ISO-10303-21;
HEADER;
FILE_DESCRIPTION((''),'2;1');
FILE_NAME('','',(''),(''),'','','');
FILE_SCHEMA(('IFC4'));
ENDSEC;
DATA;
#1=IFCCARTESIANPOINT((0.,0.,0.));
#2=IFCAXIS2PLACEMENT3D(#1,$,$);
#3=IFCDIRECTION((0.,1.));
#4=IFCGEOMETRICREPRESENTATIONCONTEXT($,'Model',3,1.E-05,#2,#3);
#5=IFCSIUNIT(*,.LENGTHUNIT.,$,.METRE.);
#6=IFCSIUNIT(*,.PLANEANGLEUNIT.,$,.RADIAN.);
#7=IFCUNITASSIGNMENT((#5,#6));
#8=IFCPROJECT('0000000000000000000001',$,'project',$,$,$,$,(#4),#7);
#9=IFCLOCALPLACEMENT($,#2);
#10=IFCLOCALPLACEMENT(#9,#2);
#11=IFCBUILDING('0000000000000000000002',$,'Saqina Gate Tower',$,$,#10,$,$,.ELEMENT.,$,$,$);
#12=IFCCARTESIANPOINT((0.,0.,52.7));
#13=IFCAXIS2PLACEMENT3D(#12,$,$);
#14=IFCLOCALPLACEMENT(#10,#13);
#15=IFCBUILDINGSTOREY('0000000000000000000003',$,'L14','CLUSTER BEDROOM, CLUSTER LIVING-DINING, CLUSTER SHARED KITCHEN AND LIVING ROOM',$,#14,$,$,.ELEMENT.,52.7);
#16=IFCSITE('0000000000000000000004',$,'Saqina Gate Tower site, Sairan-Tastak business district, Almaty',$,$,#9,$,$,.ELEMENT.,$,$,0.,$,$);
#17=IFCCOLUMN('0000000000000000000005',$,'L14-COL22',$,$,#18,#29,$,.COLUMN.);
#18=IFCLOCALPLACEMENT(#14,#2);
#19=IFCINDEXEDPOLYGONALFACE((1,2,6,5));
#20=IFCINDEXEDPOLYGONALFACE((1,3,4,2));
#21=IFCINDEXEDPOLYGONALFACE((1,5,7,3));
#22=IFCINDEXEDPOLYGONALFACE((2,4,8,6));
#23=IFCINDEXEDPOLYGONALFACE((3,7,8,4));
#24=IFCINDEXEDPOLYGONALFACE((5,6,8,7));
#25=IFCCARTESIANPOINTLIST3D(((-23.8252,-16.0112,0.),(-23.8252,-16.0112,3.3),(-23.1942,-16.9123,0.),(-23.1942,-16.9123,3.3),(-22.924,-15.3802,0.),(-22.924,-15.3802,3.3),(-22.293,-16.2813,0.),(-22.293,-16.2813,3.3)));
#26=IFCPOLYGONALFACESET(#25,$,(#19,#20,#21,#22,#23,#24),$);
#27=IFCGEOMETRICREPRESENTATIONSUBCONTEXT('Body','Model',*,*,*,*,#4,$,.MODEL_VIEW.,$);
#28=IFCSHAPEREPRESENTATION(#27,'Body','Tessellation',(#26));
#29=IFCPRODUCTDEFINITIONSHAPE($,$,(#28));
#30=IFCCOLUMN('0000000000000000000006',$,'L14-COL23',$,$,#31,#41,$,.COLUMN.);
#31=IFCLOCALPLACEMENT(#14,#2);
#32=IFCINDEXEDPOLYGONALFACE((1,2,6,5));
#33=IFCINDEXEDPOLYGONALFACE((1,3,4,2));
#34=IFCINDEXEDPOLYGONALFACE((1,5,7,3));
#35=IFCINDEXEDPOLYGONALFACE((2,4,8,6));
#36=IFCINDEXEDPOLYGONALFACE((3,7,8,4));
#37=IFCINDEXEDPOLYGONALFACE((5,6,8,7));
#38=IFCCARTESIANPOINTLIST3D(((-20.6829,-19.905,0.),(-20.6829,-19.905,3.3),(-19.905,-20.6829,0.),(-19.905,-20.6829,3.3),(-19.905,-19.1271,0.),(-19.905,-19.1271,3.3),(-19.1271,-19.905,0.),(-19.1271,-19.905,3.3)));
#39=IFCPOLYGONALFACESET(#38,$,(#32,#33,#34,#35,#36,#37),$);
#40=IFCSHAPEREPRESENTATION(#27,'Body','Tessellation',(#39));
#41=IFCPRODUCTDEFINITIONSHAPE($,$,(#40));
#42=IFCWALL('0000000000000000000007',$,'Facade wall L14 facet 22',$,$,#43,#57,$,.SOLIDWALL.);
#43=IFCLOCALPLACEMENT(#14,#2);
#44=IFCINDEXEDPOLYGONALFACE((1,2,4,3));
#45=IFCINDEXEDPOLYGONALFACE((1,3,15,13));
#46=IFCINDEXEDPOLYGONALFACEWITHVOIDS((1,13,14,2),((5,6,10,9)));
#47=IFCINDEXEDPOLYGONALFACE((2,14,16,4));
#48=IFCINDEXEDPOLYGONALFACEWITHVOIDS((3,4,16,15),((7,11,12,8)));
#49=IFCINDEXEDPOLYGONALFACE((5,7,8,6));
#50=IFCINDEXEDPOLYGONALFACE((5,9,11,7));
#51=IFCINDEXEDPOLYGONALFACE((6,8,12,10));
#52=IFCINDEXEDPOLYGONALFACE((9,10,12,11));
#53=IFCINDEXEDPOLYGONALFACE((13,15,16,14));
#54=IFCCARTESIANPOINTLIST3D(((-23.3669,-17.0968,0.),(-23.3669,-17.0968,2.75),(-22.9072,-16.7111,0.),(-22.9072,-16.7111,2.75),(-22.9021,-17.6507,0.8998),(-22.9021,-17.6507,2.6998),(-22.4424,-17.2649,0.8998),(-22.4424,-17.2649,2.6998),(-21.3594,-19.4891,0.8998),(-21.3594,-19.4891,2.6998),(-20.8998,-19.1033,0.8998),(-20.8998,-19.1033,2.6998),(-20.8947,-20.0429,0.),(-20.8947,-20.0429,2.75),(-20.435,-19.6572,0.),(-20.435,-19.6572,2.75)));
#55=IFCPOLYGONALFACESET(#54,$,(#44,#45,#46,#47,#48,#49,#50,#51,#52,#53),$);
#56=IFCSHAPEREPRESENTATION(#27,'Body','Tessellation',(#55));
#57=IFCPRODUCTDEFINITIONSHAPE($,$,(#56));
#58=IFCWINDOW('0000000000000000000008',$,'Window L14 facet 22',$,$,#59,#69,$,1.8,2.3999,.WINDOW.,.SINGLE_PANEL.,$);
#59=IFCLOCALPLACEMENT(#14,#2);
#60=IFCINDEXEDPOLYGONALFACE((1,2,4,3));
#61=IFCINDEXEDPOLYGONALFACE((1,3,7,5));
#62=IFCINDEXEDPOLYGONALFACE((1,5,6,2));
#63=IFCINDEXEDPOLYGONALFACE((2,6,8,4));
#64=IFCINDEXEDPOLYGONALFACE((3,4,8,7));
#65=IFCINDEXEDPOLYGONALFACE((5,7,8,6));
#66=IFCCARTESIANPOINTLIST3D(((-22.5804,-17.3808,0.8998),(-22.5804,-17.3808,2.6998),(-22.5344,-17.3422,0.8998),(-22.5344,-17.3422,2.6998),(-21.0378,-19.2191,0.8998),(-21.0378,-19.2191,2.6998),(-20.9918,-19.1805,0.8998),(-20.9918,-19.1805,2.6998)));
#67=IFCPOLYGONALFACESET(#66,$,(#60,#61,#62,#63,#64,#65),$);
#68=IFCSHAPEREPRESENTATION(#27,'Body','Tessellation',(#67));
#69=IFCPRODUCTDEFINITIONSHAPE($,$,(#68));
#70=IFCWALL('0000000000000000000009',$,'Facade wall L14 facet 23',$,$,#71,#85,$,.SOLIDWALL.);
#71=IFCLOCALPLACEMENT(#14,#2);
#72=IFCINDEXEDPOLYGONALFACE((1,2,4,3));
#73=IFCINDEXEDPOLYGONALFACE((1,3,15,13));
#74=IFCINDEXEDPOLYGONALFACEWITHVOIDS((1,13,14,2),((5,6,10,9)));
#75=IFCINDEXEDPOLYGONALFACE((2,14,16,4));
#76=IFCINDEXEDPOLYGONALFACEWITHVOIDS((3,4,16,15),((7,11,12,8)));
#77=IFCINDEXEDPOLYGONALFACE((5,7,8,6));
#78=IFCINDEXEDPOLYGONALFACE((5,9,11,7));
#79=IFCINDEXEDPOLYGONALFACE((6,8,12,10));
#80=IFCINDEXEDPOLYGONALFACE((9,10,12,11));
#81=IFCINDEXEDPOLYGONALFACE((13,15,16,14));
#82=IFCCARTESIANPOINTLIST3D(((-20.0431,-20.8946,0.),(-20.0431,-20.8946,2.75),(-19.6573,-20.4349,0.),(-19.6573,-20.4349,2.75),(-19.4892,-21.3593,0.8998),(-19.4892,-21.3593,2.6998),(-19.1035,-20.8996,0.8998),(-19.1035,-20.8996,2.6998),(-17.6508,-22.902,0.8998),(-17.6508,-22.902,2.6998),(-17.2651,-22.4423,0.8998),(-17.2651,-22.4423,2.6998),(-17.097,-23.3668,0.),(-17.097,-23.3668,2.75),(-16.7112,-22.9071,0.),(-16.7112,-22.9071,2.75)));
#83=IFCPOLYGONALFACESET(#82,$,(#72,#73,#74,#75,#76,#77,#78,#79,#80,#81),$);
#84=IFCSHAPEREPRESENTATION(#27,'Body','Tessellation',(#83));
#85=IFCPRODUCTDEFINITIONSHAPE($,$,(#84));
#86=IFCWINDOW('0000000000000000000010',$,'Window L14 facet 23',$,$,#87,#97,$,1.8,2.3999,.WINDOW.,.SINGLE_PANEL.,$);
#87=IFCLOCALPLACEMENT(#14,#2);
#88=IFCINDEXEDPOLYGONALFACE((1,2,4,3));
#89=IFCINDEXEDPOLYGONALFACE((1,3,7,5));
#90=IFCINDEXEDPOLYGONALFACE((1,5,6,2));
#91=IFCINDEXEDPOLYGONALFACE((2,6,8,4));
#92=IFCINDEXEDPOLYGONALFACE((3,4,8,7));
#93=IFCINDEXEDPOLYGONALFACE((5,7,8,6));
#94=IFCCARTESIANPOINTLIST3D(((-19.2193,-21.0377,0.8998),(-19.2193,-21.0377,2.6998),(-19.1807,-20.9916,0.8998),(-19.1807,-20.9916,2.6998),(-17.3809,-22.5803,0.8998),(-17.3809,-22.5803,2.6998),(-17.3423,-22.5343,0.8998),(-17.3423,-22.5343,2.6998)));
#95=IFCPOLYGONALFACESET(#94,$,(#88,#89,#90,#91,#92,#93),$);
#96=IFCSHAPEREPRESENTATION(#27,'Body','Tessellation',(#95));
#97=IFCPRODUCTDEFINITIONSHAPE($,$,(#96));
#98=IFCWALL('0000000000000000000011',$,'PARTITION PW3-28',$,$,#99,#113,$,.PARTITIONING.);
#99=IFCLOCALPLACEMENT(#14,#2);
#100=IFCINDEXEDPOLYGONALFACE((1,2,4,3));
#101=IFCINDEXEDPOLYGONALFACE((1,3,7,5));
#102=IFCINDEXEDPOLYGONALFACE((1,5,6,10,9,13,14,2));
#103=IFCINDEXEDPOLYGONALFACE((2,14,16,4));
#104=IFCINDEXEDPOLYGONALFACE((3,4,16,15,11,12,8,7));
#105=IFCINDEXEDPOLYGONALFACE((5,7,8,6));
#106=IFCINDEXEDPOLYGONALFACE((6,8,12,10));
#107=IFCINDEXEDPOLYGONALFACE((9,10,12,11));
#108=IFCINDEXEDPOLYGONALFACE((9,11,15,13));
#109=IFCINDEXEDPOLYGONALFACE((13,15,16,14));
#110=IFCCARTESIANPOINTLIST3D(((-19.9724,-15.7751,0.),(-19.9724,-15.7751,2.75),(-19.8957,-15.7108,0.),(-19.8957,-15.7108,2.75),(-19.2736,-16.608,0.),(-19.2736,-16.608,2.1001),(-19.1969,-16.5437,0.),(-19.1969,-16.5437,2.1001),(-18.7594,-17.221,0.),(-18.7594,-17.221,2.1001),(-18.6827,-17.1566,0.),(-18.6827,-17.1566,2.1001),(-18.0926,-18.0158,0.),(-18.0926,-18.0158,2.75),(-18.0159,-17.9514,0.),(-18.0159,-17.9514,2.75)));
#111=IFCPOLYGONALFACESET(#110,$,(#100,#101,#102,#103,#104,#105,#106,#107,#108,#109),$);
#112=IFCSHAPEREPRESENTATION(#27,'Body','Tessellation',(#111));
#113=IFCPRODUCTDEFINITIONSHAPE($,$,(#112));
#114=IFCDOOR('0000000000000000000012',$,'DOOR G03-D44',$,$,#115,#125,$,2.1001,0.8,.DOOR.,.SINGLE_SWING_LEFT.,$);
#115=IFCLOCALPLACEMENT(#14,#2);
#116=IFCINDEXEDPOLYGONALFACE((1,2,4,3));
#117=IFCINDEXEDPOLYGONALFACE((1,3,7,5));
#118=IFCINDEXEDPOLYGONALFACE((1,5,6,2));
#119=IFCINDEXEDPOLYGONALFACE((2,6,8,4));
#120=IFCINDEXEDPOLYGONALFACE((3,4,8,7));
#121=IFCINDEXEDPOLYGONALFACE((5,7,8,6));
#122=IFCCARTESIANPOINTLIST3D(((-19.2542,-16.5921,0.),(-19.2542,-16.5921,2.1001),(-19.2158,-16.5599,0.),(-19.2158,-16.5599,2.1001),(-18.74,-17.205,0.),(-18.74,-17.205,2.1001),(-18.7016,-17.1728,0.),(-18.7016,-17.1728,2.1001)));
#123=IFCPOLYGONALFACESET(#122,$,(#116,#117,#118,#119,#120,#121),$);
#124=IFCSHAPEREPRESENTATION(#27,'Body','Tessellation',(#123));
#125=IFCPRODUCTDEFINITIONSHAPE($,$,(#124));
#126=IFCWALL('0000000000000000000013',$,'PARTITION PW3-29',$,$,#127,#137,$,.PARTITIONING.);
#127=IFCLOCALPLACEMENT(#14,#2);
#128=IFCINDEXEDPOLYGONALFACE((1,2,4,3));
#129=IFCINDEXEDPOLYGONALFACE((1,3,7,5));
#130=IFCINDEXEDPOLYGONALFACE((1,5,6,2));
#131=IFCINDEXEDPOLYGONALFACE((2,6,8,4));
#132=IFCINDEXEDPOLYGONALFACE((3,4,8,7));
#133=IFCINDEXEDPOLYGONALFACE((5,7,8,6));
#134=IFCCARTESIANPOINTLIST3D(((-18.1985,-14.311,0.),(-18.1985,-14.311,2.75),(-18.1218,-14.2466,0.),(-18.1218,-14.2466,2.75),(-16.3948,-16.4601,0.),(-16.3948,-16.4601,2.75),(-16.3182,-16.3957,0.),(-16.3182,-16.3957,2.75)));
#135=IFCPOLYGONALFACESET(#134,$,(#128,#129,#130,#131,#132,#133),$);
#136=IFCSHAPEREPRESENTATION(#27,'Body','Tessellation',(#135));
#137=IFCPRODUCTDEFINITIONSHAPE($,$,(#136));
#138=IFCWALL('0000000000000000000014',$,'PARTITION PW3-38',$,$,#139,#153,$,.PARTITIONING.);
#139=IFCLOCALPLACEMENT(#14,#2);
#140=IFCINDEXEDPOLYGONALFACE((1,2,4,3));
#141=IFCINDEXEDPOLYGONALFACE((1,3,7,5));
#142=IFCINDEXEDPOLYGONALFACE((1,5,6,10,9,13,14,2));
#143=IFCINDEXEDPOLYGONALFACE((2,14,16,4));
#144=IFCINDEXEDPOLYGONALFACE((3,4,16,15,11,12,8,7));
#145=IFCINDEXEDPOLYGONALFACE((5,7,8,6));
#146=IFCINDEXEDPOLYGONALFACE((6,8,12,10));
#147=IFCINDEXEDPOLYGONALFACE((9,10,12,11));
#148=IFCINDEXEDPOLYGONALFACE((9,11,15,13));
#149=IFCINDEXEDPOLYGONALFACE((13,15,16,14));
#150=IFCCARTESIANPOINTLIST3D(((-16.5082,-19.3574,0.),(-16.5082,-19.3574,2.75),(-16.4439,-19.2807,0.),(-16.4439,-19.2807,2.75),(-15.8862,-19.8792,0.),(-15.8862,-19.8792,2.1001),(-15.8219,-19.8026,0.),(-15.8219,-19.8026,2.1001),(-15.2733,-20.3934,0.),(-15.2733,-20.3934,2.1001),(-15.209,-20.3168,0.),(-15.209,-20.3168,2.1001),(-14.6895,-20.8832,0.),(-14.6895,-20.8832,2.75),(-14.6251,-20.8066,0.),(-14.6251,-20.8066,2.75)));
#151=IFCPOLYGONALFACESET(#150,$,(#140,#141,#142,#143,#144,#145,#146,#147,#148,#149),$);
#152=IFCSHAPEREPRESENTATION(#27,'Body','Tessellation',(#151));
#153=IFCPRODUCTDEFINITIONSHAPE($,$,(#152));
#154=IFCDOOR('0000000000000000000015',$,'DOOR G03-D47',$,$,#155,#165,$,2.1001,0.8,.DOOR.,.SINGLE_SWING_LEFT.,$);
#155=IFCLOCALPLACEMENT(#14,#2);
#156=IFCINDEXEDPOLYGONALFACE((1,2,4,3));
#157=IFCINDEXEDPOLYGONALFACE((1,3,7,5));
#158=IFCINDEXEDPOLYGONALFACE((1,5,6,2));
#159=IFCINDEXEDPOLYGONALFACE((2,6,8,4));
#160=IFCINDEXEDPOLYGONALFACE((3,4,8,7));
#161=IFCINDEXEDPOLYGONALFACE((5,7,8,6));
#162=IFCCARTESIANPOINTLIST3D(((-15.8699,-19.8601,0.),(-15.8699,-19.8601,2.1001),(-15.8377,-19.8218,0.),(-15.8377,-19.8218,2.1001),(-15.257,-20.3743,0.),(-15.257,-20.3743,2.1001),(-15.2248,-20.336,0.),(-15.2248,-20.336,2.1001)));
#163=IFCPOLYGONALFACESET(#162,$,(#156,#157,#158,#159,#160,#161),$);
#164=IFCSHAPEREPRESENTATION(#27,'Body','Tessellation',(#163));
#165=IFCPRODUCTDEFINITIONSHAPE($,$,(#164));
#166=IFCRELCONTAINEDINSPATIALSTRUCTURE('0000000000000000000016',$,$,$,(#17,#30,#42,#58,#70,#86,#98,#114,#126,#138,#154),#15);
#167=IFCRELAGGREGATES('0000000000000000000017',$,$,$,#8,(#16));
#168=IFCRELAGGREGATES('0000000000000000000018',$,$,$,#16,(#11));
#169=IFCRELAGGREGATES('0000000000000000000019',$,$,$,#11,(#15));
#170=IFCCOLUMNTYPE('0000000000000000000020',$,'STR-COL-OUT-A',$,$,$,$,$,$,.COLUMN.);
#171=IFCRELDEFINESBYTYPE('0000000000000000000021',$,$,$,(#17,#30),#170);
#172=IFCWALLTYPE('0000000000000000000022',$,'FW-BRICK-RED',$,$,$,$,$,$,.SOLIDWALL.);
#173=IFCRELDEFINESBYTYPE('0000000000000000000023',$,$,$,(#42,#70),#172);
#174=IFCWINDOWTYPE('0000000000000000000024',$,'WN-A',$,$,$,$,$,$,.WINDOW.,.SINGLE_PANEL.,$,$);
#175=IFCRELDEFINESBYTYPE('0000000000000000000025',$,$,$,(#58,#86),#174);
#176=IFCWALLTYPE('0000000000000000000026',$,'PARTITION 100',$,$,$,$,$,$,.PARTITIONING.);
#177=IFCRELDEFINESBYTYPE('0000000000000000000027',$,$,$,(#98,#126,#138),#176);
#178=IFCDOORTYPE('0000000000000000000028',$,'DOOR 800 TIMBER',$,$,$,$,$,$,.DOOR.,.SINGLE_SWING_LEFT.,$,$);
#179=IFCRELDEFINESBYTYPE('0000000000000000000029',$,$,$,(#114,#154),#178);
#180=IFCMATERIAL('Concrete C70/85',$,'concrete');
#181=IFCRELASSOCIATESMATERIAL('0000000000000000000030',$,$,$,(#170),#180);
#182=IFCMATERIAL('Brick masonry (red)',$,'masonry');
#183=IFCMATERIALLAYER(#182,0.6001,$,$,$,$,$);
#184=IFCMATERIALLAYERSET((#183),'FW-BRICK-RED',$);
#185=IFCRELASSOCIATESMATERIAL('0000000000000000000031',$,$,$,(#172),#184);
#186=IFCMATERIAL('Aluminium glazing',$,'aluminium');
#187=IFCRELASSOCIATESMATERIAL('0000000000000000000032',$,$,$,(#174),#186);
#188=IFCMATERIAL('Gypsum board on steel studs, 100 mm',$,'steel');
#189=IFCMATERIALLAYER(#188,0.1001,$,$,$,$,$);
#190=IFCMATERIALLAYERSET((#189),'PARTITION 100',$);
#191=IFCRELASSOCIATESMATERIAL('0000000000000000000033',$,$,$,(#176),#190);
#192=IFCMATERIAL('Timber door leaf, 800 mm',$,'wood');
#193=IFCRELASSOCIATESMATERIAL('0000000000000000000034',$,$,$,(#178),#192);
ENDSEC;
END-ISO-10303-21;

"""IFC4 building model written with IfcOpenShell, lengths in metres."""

from ifc_helpers import new_model, si_unit, direction, frame, frame_2d, origin, origin_2d, place, context, subcontext, project, spatial, rectangle, extrude, material, layer, layer_set, material_profile, profile_set, type_object, element, fill, save


model = new_model("IFC4")

# Units and contexts
model_context = context("Model", 3, precision=1e-05, world=origin(), true_north=direction((0.0, 1.0)))
body_context = subcontext(model_context, "Body", "Model", "MODEL_VIEW")
ifc_project = project(units=[si_unit("LENGTHUNIT", "METRE"), si_unit("PLANEANGLEUNIT", "RADIAN")], contexts=[model_context])

# Site, building, storey
site_placement = place(None, origin())
site = spatial("IfcSite", under=ifc_project, at=site_placement, Name="Saqina Gate Tower site, Sairan-Tastak business district, Almaty", CompositionType="ELEMENT", RefElevation=0.0)
building_placement = place(site_placement, origin())
building = spatial("IfcBuilding", under=site, at=building_placement, Name="Saqina Gate Tower", CompositionType="ELEMENT")
storey_placement = place(building_placement, frame((0.0, 0.0, 52.7)))
storey = spatial("IfcBuildingStorey", under=building, at=storey_placement, Name="L14", Description="CLUSTER BEDROOM, CLUSTER LIVING-DINING, CLUSTER SHARED KITCHEN AND LIVING ROOM", CompositionType="ELEMENT", Elevation=52.7)

# Columns
ifc_material_1 = material(Name="Concrete C70/85", Category="concrete")
ifc_material_profile = material_profile(ifc_material_1, rectangle(XDim=1.1001, YDim=1.1001, at=origin_2d()), Name="RC 1100x1100")
ifc_profile_set = profile_set([ifc_material_profile], Name="Concrete C70/85")
column_type = type_object("IfcColumnType", Name="STR-COL-OUT-A", PredefinedType="COLUMN", material=ifc_profile_set)
for number, where, z_axis, x_axis, name in (
    (1, (-23.0591, -16.1462, 0.0), (0.0, 0.0, 1.0), (-0.819152, -0.573576, 0.0), "L14-COL22"),
    (2, (-19.905, -19.905, 0.0), (0.0, 0.0, 1.0), (-0.707107, -0.707107, 0.0), "L14-COL23"),
):
    element("IfcColumn", number, at=place(storey_placement, frame(where, z_axis=z_axis, x_axis=x_axis)), inside=storey, type_object=column_type, Name=name, PredefinedType="COLUMN", context=body_context, shape_type="SweptSolid", body=[
        extrude(rectangle(XDim=1.1001, YDim=1.1001, at=origin_2d()), origin(), (0.0, 0.0, 1.0), 3.3),
    ])

# Walls, openings, windows
ifc_material_2 = material(Name="Brick masonry (red)", Category="masonry")
ifc_layer_1 = layer(ifc_material_2, 0.6001)
ifc_layer_set_1 = layer_set([ifc_layer_1], Name="FW-BRICK-RED")
wall_type_1 = type_object("IfcWallType", Name="FW-BRICK-RED", PredefinedType="SOLIDWALL", material=ifc_layer_set_1)
wall_1_placement = place(storey_placement, frame((-23.137, -16.9041, 0.0), z_axis=(0.0, 0.0, 1.0), x_axis=(0.642809, -0.766026, 0.0)))
wall_1 = element("IfcWall", 3, at=wall_1_placement, inside=storey, type_object=wall_type_1, Name="Facade wall L14 facet 22", PredefinedType="SOLIDWALL", context=body_context, shape_type="SweptSolid", body=[
    extrude(rectangle(XDim=3.8459, YDim=0.6001, at=frame_2d((1.9229, 0.0))), origin(), (0.0, 0.0, 1.0), 2.75),
])
opening_1_placement = place(wall_1_placement, frame((0.7229, 0.0, 0.8999)))
opening_1 = element("IfcOpeningElement", 4, at=opening_1_placement, cuts=wall_1, PredefinedType="OPENING", context=body_context, shape_type="SweptSolid", body=[
    extrude(rectangle(XDim=2.3999, YDim=1.8, at=frame_2d((1.2, 0.8999))), frame((0.0, 0.312, 0.0), z_axis=(0.0, -1.0, 0.0), x_axis=(1.0, 0.0, 0.0)), (0.0, 0.0, 1.0), 0.624),
])
ifc_material_3 = material(Name="Aluminium glazing", Category="aluminium")
window_type = type_object("IfcWindowType", Name="WN-A", PartitioningType="SINGLE_PANEL", PredefinedType="WINDOW", material=ifc_material_3)
window_1_placement = place(opening_1_placement, origin())
window_1 = element("IfcWindow", 5, at=window_1_placement, inside=storey, type_object=window_type, Name="Window L14 facet 22", OverallHeight=1.8, OverallWidth=2.3999, PartitioningType="SINGLE_PANEL", PredefinedType="WINDOW", context=body_context, shape_type="SweptSolid", body=[
    extrude(rectangle(XDim=2.3999, YDim=1.8, at=frame_2d((1.2, 0.8999))), frame((0.0, 0.1799, 0.0), z_axis=(0.0, -1.0, 0.0), x_axis=(1.0, 0.0, 0.0)), (0.0, 0.0, 1.0), 0.0601),
])
fill(opening_1, window_1)
wall_2_placement = place(storey_placement, frame((-19.8501, -20.6648, 0.0), z_axis=(0.0, 0.0, 1.0), x_axis=(0.766026, -0.642809, 0.0)))
wall_2 = element("IfcWall", 6, at=wall_2_placement, inside=storey, type_object=wall_type_1, Name="Facade wall L14 facet 23", PredefinedType="SOLIDWALL", context=body_context, shape_type="SweptSolid", body=[
    extrude(rectangle(XDim=3.8459, YDim=0.6001, at=frame_2d((1.9229, 0.0))), origin(), (0.0, 0.0, 1.0), 2.75),
])
opening_2_placement = place(wall_2_placement, frame((0.7229, 0.0, 0.8999)))
opening_2 = element("IfcOpeningElement", 7, at=opening_2_placement, cuts=wall_2, PredefinedType="OPENING", context=body_context, shape_type="SweptSolid", body=[
    extrude(rectangle(XDim=2.3999, YDim=1.8, at=frame_2d((1.2, 0.8999))), frame((0.0, 0.312, 0.0), z_axis=(0.0, -1.0, 0.0), x_axis=(1.0, 0.0, 0.0)), (0.0, 0.0, 1.0), 0.624),
])
window_2_placement = place(opening_2_placement, origin())
window_2 = element("IfcWindow", 8, at=window_2_placement, inside=storey, type_object=window_type, Name="Window L14 facet 23", OverallHeight=1.8, OverallWidth=2.3999, PartitioningType="SINGLE_PANEL", PredefinedType="WINDOW", context=body_context, shape_type="SweptSolid", body=[
    extrude(rectangle(XDim=2.3999, YDim=1.8, at=frame_2d((1.2, 0.8999))), frame((0.0, 0.1799, 0.0), z_axis=(0.0, -1.0, 0.0), x_axis=(1.0, 0.0, 0.0)), (0.0, 0.0, 1.0), 0.0601),
])
fill(opening_2, window_2)

# Wall, opening, door
ifc_material_4 = material(Name="Gypsum board on steel studs, 100 mm", Category="steel")
ifc_layer_2 = layer(ifc_material_4, 0.1001)
ifc_layer_set_2 = layer_set([ifc_layer_2], Name="PARTITION 100")
wall_type_2 = type_object("IfcWallType", Name="PARTITION 100", PredefinedType="PARTITIONING", material=ifc_layer_set_2)
wall_3_placement = place(storey_placement, frame((-19.9341, -15.7429, 0.0), z_axis=(0.0, 0.0, 1.0), x_axis=(0.642726, -0.766096, 0.0)))
wall_3 = element("IfcWall", 9, at=wall_3_placement, inside=storey, type_object=wall_type_2, Name="PARTITION PW3-28", PredefinedType="PARTITIONING", context=body_context, shape_type="SweptSolid", body=[
    extrude(rectangle(XDim=2.9248, YDim=0.1001, at=frame_2d((1.4624, 0.0))), origin(), (0.0, 0.0, 1.0), 2.75),
])
opening_3_placement = place(wall_3_placement, frame((1.0874, 0.0, 0.0)))
opening_3 = element("IfcOpeningElement", 10, at=opening_3_placement, cuts=wall_3, PredefinedType="OPENING", context=body_context, shape_type="SweptSolid", body=[
    extrude(rectangle(XDim=0.8, YDim=2.1001, at=frame_2d((0.3999, 1.05))), frame((0.0, 0.062, 0.0), z_axis=(0.0, -1.0, 0.0), x_axis=(1.0, 0.0, 0.0)), (0.0, 0.0, 1.0), 0.124),
])
ifc_material_5 = material(Name="Timber door leaf, 800 mm", Category="wood")
door_type_1 = type_object("IfcDoorType", Name="DOOR 800 TIMBER", OperationType="SINGLE_SWING_LEFT", PredefinedType="DOOR", material=ifc_material_5)
door_1_placement = place(opening_3_placement, frame((0.8, 0.0, 0.0), z_axis=(0.0, 0.0, 1.0), x_axis=(-1.0, 0.0, 0.0)))
door_1 = element("IfcDoor", 11, at=door_1_placement, inside=storey, type_object=door_type_1, Name="DOOR G03-D44", OperationType="SINGLE_SWING_LEFT", OverallHeight=2.1001, OverallWidth=0.8, PredefinedType="DOOR", context=body_context, shape_type="SweptSolid", body=[
    extrude(rectangle(XDim=0.8, YDim=2.1001, at=frame_2d((0.3999, 1.05))), frame((0.0, 0.0249, 0.0), z_axis=(0.0, -1.0, 0.0), x_axis=(1.0, 0.0, 0.0)), (0.0, 0.0, 1.0), 0.05),
])
fill(opening_3, door_1)

# Wall
wall_4_placement = place(storey_placement, frame((-18.1602, -14.2788, 0.0), z_axis=(0.0, 0.0, 1.0), x_axis=(0.642859, -0.765984, 0.0)))
element("IfcWall", 12, at=wall_4_placement, inside=storey, type_object=wall_type_2, Name="PARTITION PW3-29", PredefinedType="PARTITIONING", context=body_context, shape_type="SweptSolid", body=[
    extrude(rectangle(XDim=2.8057, YDim=0.1001, at=frame_2d((1.4028, 0.0))), origin(), (0.0, 0.0, 1.0), 2.75),
])

# Wall, opening, door
wall_5_placement = place(storey_placement, frame((-16.4761, -19.3191, 0.0), z_axis=(0.0, 0.0, 1.0), x_axis=(0.76611, -0.64271, 0.0)))
wall_5 = element("IfcWall", 13, at=wall_5_placement, inside=storey, type_object=wall_type_2, Name="PARTITION PW3-38", PredefinedType="PARTITIONING", context=body_context, shape_type="SweptSolid", body=[
    extrude(rectangle(XDim=2.374, YDim=0.1001, at=frame_2d((1.187, 0.0))), origin(), (0.0, 0.0, 1.0), 2.75),
])
opening_4_placement = place(wall_5_placement, frame((0.812, 0.0, 0.0)))
opening_4 = element("IfcOpeningElement", 14, at=opening_4_placement, cuts=wall_5, PredefinedType="OPENING", context=body_context, shape_type="SweptSolid", body=[
    extrude(rectangle(XDim=0.8, YDim=2.1001, at=frame_2d((0.3999, 1.05))), frame((0.0, 0.062, 0.0), z_axis=(0.0, -1.0, 0.0), x_axis=(1.0, 0.0, 0.0)), (0.0, 0.0, 1.0), 0.124),
])
door_2_placement = place(opening_4_placement, frame((0.8, 0.0, 0.0), z_axis=(0.0, 0.0, 1.0), x_axis=(-1.0, 0.0, 0.0)))
door_2 = element("IfcDoor", 15, at=door_2_placement, inside=storey, type_object=door_type_1, Name="DOOR G03-D47", OperationType="SINGLE_SWING_LEFT", OverallHeight=2.1001, OverallWidth=0.8, PredefinedType="DOOR", context=body_context, shape_type="SweptSolid", body=[
    extrude(rectangle(XDim=0.8, YDim=2.1001, at=frame_2d((0.3999, 1.05))), frame((0.0, 0.0249, 0.0), z_axis=(0.0, -1.0, 0.0), x_axis=(1.0, 0.0, 0.0)), (0.0, 0.0, 1.0), 0.05),
])
fill(opening_4, door_2)

save(model, "model.ifc")
